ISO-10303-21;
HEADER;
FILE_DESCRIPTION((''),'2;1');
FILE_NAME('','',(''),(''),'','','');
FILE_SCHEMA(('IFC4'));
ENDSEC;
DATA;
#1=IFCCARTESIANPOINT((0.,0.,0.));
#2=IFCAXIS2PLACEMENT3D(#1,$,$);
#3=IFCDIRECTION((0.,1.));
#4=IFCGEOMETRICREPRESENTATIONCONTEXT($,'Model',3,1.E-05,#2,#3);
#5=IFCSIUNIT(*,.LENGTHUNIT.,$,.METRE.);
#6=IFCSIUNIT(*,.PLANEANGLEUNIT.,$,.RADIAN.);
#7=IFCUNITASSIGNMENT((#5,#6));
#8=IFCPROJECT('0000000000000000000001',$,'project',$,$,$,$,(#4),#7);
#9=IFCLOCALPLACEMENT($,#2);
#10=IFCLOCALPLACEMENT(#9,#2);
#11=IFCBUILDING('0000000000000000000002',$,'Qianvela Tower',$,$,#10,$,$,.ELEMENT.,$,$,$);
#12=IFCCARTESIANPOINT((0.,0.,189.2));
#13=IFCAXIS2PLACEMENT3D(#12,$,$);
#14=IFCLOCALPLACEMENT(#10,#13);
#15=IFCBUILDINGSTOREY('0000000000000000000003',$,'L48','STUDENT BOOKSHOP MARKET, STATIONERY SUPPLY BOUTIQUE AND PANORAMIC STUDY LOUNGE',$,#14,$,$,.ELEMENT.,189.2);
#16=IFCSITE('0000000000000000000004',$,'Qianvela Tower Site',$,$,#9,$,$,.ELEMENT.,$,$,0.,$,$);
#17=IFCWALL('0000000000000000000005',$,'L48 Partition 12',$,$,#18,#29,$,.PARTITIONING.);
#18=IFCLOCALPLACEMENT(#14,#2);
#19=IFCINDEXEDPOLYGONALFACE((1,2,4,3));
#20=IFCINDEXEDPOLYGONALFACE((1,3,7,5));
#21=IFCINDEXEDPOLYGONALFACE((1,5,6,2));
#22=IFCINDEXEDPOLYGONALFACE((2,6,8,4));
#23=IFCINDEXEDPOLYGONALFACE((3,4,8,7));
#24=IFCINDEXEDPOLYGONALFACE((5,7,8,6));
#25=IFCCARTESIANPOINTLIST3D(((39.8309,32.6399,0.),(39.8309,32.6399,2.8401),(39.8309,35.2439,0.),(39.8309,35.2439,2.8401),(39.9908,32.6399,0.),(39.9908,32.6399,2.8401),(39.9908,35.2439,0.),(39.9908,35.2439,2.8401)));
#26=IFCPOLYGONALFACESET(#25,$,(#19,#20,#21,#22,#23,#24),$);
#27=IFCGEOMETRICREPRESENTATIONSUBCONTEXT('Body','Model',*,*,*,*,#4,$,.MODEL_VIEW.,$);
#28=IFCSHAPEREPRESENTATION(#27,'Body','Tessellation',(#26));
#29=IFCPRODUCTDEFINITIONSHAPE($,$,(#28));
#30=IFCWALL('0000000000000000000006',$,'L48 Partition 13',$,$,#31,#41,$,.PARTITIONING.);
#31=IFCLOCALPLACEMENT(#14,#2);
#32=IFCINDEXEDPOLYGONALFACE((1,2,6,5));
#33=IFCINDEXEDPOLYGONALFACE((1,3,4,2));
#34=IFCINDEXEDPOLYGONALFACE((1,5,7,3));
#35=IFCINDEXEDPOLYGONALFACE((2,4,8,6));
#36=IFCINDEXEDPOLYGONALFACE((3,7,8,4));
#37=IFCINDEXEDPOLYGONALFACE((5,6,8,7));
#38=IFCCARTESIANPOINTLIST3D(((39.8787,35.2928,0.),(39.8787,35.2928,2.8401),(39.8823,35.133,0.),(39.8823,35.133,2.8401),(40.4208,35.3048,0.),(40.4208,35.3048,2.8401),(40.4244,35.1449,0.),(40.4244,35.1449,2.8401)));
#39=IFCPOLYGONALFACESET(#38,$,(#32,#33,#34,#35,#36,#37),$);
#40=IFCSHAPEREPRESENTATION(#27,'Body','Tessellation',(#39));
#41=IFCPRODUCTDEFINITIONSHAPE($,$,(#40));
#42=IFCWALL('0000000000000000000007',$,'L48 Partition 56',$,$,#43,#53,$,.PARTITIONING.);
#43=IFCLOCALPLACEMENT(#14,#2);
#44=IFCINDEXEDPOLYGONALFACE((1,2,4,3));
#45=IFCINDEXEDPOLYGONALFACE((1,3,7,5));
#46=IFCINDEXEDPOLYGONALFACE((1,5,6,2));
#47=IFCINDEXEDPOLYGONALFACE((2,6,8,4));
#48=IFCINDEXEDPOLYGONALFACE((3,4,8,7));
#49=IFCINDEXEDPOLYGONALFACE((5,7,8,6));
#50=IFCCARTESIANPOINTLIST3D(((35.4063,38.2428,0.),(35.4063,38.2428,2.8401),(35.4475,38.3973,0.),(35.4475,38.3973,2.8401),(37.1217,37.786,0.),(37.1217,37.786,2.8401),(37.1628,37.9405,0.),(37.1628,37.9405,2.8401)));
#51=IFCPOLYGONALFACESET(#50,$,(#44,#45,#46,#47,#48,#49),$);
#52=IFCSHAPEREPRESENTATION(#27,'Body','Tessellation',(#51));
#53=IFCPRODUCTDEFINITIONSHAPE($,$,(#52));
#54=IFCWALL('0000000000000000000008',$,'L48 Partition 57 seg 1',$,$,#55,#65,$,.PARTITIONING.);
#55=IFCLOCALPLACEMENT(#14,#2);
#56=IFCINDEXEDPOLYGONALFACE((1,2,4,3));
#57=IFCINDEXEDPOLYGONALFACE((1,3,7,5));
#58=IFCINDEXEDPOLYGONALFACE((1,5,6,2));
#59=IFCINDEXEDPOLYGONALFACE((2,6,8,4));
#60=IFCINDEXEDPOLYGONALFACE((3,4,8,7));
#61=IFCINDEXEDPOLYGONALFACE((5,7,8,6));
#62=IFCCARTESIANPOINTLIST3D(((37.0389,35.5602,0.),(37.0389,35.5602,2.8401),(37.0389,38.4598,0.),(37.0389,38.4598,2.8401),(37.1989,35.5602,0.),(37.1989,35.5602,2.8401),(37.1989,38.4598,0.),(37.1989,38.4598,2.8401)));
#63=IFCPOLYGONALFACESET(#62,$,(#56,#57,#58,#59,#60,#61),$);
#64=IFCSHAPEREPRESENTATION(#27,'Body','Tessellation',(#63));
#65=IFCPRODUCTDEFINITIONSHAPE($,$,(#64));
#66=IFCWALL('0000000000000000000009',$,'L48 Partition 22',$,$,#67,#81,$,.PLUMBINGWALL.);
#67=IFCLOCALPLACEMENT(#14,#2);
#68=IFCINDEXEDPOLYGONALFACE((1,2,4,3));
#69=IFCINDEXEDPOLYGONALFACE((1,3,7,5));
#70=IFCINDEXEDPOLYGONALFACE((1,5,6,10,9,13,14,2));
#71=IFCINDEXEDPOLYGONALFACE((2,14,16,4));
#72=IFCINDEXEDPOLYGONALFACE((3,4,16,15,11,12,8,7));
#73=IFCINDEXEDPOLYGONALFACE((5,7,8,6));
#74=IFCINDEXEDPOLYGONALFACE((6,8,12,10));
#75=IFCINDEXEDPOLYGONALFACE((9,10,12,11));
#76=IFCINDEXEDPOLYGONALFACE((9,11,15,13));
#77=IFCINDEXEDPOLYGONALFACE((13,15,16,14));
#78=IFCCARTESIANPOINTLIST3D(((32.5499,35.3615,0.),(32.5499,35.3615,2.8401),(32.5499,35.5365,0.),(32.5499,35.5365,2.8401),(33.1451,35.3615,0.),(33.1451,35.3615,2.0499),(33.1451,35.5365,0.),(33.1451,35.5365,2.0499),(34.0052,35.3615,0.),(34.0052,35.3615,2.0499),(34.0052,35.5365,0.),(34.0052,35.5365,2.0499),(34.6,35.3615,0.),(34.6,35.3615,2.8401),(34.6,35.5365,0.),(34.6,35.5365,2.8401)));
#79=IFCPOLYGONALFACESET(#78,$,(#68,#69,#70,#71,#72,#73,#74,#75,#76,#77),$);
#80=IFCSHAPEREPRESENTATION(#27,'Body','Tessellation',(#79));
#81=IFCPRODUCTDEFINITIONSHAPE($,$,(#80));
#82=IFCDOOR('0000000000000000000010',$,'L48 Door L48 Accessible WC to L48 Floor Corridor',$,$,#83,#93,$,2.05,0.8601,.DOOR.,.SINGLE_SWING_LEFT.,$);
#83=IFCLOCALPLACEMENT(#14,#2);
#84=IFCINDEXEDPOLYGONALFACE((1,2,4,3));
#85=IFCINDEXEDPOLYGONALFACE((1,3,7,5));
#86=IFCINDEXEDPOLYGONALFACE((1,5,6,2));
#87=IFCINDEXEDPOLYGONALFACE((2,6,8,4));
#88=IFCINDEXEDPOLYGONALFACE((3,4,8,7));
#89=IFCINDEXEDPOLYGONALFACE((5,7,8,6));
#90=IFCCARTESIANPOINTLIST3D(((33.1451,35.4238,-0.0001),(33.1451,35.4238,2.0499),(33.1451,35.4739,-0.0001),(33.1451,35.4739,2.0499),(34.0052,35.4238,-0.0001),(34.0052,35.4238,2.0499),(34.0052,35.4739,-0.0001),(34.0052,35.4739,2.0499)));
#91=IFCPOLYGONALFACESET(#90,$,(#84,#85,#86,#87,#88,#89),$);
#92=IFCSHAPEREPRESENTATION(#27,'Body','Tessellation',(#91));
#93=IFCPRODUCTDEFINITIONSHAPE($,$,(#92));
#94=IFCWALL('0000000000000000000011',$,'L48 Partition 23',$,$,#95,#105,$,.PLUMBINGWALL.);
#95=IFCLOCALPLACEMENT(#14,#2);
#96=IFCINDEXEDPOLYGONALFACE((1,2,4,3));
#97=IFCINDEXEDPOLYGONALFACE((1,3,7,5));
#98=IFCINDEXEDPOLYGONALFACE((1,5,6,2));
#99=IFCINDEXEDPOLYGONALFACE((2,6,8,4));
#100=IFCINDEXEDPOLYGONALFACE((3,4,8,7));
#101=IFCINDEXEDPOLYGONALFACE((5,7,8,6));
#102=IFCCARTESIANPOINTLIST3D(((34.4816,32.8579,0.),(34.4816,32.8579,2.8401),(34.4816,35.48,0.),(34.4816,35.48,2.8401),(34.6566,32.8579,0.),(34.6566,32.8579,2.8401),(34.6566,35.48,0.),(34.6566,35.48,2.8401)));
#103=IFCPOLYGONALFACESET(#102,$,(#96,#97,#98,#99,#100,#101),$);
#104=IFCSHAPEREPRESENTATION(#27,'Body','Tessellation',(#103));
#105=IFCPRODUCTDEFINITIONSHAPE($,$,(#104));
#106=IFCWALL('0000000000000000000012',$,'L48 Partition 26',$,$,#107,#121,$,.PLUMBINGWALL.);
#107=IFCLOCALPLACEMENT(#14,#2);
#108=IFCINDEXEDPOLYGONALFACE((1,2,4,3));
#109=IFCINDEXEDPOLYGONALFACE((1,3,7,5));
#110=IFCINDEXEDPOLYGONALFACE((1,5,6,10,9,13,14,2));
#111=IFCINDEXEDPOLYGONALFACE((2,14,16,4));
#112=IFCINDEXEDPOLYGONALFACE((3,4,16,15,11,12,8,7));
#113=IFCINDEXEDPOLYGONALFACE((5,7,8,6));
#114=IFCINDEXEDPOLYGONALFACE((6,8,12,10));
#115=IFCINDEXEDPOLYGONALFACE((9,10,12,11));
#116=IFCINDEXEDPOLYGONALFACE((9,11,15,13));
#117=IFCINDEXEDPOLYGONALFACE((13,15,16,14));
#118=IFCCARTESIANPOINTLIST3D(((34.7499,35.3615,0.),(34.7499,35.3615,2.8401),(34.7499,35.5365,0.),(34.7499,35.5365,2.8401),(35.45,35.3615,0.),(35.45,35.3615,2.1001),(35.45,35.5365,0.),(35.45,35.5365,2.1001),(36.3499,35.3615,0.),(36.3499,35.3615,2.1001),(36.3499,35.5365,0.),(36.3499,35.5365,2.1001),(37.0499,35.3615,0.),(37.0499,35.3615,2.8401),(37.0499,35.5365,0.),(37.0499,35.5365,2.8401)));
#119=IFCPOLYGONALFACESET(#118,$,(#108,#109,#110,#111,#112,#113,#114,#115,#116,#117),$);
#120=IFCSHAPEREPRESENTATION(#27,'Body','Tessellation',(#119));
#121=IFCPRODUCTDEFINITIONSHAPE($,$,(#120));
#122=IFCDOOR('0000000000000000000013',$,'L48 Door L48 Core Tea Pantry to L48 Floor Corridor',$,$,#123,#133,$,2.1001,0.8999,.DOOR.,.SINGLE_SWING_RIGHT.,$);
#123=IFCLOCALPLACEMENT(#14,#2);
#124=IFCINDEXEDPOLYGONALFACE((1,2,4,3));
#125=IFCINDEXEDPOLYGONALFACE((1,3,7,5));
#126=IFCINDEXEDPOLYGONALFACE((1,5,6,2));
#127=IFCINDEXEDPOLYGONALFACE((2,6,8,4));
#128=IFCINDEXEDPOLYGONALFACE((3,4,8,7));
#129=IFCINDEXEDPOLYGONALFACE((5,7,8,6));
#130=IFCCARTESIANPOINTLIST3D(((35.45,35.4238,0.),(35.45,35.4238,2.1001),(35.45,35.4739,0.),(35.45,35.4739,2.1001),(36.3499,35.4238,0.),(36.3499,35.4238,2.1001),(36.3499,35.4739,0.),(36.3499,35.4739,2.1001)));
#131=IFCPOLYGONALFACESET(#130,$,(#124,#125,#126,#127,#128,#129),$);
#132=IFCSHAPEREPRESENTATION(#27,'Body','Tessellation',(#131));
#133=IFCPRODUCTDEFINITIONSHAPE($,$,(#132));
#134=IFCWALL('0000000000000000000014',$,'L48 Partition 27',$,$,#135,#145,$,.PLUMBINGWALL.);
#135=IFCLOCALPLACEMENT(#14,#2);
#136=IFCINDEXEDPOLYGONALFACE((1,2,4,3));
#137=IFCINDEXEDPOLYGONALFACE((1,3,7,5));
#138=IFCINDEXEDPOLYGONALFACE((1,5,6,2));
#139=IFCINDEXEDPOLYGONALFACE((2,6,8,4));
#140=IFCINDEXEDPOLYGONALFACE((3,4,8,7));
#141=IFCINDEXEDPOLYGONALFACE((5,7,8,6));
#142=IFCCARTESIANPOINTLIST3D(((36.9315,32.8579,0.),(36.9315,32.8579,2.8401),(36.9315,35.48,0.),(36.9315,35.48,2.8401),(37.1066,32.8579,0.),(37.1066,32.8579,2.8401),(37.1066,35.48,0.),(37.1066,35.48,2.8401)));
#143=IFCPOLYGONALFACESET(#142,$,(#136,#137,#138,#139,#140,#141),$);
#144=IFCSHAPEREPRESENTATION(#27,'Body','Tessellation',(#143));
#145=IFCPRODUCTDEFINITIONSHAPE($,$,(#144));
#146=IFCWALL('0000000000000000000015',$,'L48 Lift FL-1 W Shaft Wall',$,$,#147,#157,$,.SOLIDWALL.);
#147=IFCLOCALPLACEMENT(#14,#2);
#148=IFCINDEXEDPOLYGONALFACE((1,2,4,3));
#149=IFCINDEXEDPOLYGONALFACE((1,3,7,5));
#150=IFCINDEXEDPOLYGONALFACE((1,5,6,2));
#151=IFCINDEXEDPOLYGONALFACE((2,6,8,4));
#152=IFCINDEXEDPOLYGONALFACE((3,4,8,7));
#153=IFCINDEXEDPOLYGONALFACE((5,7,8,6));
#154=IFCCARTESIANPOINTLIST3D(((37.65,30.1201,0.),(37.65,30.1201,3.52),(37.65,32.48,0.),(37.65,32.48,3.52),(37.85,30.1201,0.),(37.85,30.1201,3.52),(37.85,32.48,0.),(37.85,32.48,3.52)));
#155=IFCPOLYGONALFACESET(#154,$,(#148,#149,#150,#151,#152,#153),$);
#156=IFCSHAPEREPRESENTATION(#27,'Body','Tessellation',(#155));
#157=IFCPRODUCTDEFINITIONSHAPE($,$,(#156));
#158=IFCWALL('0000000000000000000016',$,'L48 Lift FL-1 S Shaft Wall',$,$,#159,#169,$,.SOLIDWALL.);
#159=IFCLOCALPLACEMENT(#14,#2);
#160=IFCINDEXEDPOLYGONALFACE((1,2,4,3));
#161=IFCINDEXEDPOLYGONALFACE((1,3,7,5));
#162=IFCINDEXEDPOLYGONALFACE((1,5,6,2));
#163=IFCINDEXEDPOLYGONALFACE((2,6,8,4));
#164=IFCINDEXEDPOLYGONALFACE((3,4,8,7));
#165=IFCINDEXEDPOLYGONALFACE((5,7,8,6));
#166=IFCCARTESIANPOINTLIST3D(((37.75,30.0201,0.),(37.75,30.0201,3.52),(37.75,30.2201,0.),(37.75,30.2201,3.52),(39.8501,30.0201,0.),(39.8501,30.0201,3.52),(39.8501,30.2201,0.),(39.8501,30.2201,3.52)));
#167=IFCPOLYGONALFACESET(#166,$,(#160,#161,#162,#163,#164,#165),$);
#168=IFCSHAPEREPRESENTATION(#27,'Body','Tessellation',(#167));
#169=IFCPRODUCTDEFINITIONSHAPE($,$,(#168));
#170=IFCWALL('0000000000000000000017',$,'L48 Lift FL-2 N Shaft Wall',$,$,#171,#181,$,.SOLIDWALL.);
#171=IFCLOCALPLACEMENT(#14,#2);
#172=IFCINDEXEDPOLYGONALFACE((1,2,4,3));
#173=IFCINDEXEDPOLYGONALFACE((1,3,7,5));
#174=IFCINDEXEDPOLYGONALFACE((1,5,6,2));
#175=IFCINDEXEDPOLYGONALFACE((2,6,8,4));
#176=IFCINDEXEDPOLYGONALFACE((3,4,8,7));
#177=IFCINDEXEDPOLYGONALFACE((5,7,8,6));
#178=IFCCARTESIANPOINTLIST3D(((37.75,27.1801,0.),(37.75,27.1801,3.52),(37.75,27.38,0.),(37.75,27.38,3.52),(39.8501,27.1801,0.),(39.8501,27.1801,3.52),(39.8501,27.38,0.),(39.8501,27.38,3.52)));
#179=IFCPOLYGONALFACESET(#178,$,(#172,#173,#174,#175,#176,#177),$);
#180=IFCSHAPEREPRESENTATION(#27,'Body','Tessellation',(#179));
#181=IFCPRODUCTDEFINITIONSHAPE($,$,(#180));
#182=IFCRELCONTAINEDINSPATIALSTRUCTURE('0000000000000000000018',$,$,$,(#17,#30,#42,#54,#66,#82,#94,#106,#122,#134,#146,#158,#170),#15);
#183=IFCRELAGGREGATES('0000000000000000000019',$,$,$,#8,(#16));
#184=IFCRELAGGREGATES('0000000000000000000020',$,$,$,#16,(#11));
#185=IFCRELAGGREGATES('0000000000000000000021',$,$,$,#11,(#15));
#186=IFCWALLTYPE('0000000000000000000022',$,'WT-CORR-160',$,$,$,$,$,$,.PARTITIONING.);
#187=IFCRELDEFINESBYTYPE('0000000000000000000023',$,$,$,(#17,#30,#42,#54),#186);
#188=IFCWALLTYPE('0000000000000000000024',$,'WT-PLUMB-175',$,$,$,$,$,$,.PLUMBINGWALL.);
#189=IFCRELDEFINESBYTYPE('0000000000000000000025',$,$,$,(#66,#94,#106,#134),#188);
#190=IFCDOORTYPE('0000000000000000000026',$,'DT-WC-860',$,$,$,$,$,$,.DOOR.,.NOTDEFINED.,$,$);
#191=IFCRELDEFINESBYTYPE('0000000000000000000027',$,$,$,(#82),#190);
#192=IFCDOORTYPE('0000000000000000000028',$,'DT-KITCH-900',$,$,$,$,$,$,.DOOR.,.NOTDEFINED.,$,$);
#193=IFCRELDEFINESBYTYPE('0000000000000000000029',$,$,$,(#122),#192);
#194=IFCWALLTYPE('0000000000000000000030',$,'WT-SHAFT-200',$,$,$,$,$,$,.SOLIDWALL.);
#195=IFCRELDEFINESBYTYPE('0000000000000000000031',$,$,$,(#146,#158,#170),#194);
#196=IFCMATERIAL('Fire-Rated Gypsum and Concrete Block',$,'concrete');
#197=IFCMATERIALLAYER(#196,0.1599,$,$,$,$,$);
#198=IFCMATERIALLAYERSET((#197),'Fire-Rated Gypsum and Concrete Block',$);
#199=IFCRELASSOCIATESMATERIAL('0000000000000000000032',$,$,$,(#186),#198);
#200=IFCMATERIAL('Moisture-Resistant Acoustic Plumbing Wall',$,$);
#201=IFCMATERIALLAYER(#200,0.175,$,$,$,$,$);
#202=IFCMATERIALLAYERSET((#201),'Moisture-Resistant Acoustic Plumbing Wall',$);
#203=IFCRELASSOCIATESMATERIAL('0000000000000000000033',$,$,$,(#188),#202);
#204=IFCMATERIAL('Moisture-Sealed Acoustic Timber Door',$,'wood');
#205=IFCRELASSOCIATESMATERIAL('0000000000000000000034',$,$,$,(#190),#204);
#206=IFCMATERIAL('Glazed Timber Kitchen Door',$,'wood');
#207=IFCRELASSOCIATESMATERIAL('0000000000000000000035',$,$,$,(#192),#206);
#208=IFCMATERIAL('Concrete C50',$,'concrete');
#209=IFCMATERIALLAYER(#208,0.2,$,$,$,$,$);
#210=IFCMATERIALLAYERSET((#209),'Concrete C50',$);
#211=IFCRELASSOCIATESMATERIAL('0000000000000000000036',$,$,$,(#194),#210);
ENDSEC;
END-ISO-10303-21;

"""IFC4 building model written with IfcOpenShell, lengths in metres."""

from ifc_helpers import new_model, si_unit, direction, frame, frame_2d, origin, place, context, subcontext, project, spatial, rectangle, extrude, material, layer, layer_set, type_object, element, fill, save


model = new_model("IFC4")

# Units and contexts
model_context = context("Model", 3, precision=1e-05, world=origin(), true_north=direction((0.0, 1.0)))
body_context = subcontext(model_context, "Body", "Model", "MODEL_VIEW")
ifc_project = project(units=[si_unit("LENGTHUNIT", "METRE"), si_unit("PLANEANGLEUNIT", "RADIAN")], contexts=[model_context])

# Site, building, storey
site_placement = place(None, origin())
site = spatial("IfcSite", under=ifc_project, at=site_placement, Name="Qianvela Tower Site", CompositionType="ELEMENT", RefElevation=0.0)
building_placement = place(site_placement, origin())
building = spatial("IfcBuilding", under=site, at=building_placement, Name="Qianvela Tower", CompositionType="ELEMENT")
storey_placement = place(building_placement, frame((0.0, 0.0, 189.2)))
storey = spatial("IfcBuildingStorey", under=building, at=storey_placement, Name="L48", Description="STUDENT BOOKSHOP MARKET, STATIONERY SUPPLY BOUTIQUE AND PANORAMIC STUDY LOUNGE", CompositionType="ELEMENT", Elevation=189.2)

# Walls
ifc_material_1 = material(Name="Fire-Rated Gypsum and Concrete Block", Category="concrete")
ifc_layer_1 = layer(ifc_material_1, 0.1599)
ifc_layer_set_1 = layer_set([ifc_layer_1], Name="Fire-Rated Gypsum and Concrete Block")
wall_type_1 = type_object("IfcWallType", Name="WT-CORR-160", PredefinedType="PARTITIONING", material=ifc_layer_set_1)
wall_1_placement = place(storey_placement, frame((39.9109, 32.6399, 0.0), z_axis=(0.0, 0.0, 1.0), x_axis=(0.0, 1.0, 0.0)))
element("IfcWall", 1, at=wall_1_placement, inside=storey, type_object=wall_type_1, Name="L48 Partition 12", PredefinedType="PARTITIONING", context=body_context, shape_type="SweptSolid", body=[
    extrude(rectangle(XDim=2.604, YDim=0.1599, at=frame_2d((1.302, 0.0))), origin(), (0.0, 0.0, 1.0), 2.8401),
])
wall_2_placement = place(storey_placement, frame((39.8806, 35.2129, 0.0), z_axis=(0.0, 0.0, 1.0), x_axis=(0.999757, 0.022067, 0.0)))
element("IfcWall", 2, at=wall_2_placement, inside=storey, type_object=wall_type_1, Name="L48 Partition 13", PredefinedType="PARTITIONING", context=body_context, shape_type="SweptSolid", body=[
    extrude(rectangle(XDim=0.5422, YDim=0.1599, at=frame_2d((0.271, 0.0))), origin(), (0.0, 0.0, 1.0), 2.8401),
])
wall_3_placement = place(storey_placement, frame((35.4268, 38.3201, 0.0), z_axis=(0.0, 0.0, 1.0), x_axis=(0.966324, -0.257329, 0.0)))
element("IfcWall", 3, at=wall_3_placement, inside=storey, type_object=wall_type_1, Name="L48 Partition 56", PredefinedType="PARTITIONING", context=body_context, shape_type="SweptSolid", body=[
    extrude(rectangle(XDim=1.7751, YDim=0.1599, at=frame_2d((0.8877, 0.0))), origin(), (0.0, 0.0, 1.0), 2.8401),
])
wall_4_placement = place(storey_placement, frame((37.1189, 38.4597, 0.0), z_axis=(0.0, 0.0, 1.0), x_axis=(0.0, -1.0, 0.0)))
element("IfcWall", 4, at=wall_4_placement, inside=storey, type_object=wall_type_1, Name="L48 Partition 57 seg 1", PredefinedType="PARTITIONING", context=body_context, shape_type="SweptSolid", body=[
    extrude(rectangle(XDim=2.8997, YDim=0.1599, at=frame_2d((1.4497, 0.0))), origin(), (0.0, 0.0, 1.0), 2.8401),
])

# Wall, opening, door
ifc_material_2 = material(Name="Moisture-Resistant Acoustic Plumbing Wall")
ifc_layer_2 = layer(ifc_material_2, 0.175)
ifc_layer_set_2 = layer_set([ifc_layer_2], Name="Moisture-Resistant Acoustic Plumbing Wall")
wall_type_2 = type_object("IfcWallType", Name="WT-PLUMB-175", PredefinedType="PLUMBINGWALL", material=ifc_layer_set_2)
wall_5_placement = place(storey_placement, frame((32.55, 35.449, 0.0), z_axis=(0.0, 0.0, 1.0), x_axis=(1.0, 0.0, 0.0)))
wall_5 = element("IfcWall", 5, at=wall_5_placement, inside=storey, type_object=wall_type_2, Name="L48 Partition 22", PredefinedType="PLUMBINGWALL", context=body_context, shape_type="SweptSolid", body=[
    extrude(rectangle(XDim=2.05, YDim=0.175, at=frame_2d((1.0249, 0.0))), origin(), (0.0, 0.0, 1.0), 2.8401),
])
opening_1_placement = place(wall_5_placement, frame((0.595, 0.0, 0.0)))
opening_1 = element("IfcOpeningElement", 6, at=opening_1_placement, cuts=wall_5, PredefinedType="OPENING", context=body_context, shape_type="SweptSolid", body=[
    extrude(rectangle(XDim=0.8601, YDim=2.05, at=frame_2d((0.4302, 1.0249))), frame((0.0, 0.0974, 0.0), z_axis=(0.0, -1.0, 0.0), x_axis=(1.0, 0.0, 0.0)), (0.0, 0.0, 1.0), 0.1951),
])
ifc_material_3 = material(Name="Moisture-Sealed Acoustic Timber Door", Category="wood")
door_type_1 = type_object("IfcDoorType", Name="DT-WC-860", OperationType="NOTDEFINED", PredefinedType="DOOR", material=ifc_material_3)
door_1_placement = place(opening_1_placement, origin())
door_1 = element("IfcDoor", 7, at=door_1_placement, inside=storey, type_object=door_type_1, Name="L48 Door L48 Accessible WC to L48 Floor Corridor", OperationType="SINGLE_SWING_LEFT", OverallHeight=2.05, OverallWidth=0.8601, PredefinedType="DOOR", context=body_context, shape_type="SweptSolid", body=[
    extrude(rectangle(XDim=0.8601, YDim=2.05, at=frame_2d((0.4302, 1.0249))), frame((0.0, 0.0249, 0.0), z_axis=(0.0, -1.0, 0.0), x_axis=(1.0, 0.0, 0.0)), (0.0, 0.0, 1.0), 0.05),
])
fill(opening_1, door_1)

# Wall
wall_6_placement = place(storey_placement, frame((34.5691, 35.48, 0.0), z_axis=(0.0, 0.0, 1.0), x_axis=(0.0, -1.0, 0.0)))
element("IfcWall", 8, at=wall_6_placement, inside=storey, type_object=wall_type_2, Name="L48 Partition 23", PredefinedType="PLUMBINGWALL", context=body_context, shape_type="SweptSolid", body=[
    extrude(rectangle(XDim=2.6221, YDim=0.175, at=frame_2d((1.311, 0.0))), origin(), (0.0, 0.0, 1.0), 2.8401),
])

# Wall, opening, door
wall_7_placement = place(storey_placement, frame((34.75, 35.449, 0.0), z_axis=(0.0, 0.0, 1.0), x_axis=(1.0, 0.0, 0.0)))
wall_7 = element("IfcWall", 9, at=wall_7_placement, inside=storey, type_object=wall_type_2, Name="L48 Partition 26", PredefinedType="PLUMBINGWALL", context=body_context, shape_type="SweptSolid", body=[
    extrude(rectangle(XDim=2.3, YDim=0.175, at=frame_2d((1.1499, 0.0))), origin(), (0.0, 0.0, 1.0), 2.8401),
])
opening_2_placement = place(wall_7_placement, frame((0.7, 0.0, 0.0)))
opening_2 = element("IfcOpeningElement", 10, at=opening_2_placement, cuts=wall_7, PredefinedType="OPENING", context=body_context, shape_type="SweptSolid", body=[
    extrude(rectangle(XDim=0.8999, YDim=2.1001, at=frame_2d((0.45, 1.05))), frame((0.0, 0.0974, 0.0), z_axis=(0.0, -1.0, 0.0), x_axis=(1.0, 0.0, 0.0)), (0.0, 0.0, 1.0), 0.1951),
])
ifc_material_4 = material(Name="Glazed Timber Kitchen Door", Category="wood")
door_type_2 = type_object("IfcDoorType", Name="DT-KITCH-900", OperationType="NOTDEFINED", PredefinedType="DOOR", material=ifc_material_4)
door_2_placement = place(opening_2_placement, origin())
door_2 = element("IfcDoor", 11, at=door_2_placement, inside=storey, type_object=door_type_2, Name="L48 Door L48 Core Tea Pantry to L48 Floor Corridor", OperationType="SINGLE_SWING_RIGHT", OverallHeight=2.1001, OverallWidth=0.8999, PredefinedType="DOOR", context=body_context, shape_type="SweptSolid", body=[
    extrude(rectangle(XDim=0.8999, YDim=2.1001, at=frame_2d((0.45, 1.05))), frame((0.0, 0.0249, 0.0), z_axis=(0.0, -1.0, 0.0), x_axis=(1.0, 0.0, 0.0)), (0.0, 0.0, 1.0), 0.05),
])
fill(opening_2, door_2)

# Wall
wall_8_placement = place(storey_placement, frame((37.019, 35.48, 0.0), z_axis=(0.0, 0.0, 1.0), x_axis=(0.0, -1.0, 0.0)))
element("IfcWall", 12, at=wall_8_placement, inside=storey, type_object=wall_type_2, Name="L48 Partition 27", PredefinedType="PLUMBINGWALL", context=body_context, shape_type="SweptSolid", body=[
    extrude(rectangle(XDim=2.6221, YDim=0.175, at=frame_2d((1.311, 0.0))), origin(), (0.0, 0.0, 1.0), 2.8401),
])

# Shared definitions
ifc_material_5 = material(Name="Concrete C50", Category="concrete")
ifc_layer_3 = layer(ifc_material_5, 0.2)
ifc_layer_set_3 = layer_set([ifc_layer_3], Name="Concrete C50")
wall_type_3 = type_object("IfcWallType", Name="WT-SHAFT-200", PredefinedType="SOLIDWALL", material=ifc_layer_set_3)

# Walls
wall_9_placement = place(storey_placement, frame((37.75, 30.1201, 0.0), z_axis=(0.0, 0.0, 1.0), x_axis=(0.0, 1.0, 0.0)))
element("IfcWall", 13, at=wall_9_placement, inside=storey, type_object=wall_type_3, Name="L48 Lift FL-1 W Shaft Wall", PredefinedType="SOLIDWALL", context=body_context, shape_type="SweptSolid", body=[
    extrude(rectangle(XDim=2.3599, YDim=0.2, at=frame_2d((1.1799, 0.0))), origin(), (0.0, 0.0, 1.0), 3.52),
])
for number, where, z_axis, x_axis, name in (
    (14, (37.75, 30.1201, 0.0), (0.0, 0.0, 1.0), (1.0, 0.0, 0.0), "L48 Lift FL-1 S Shaft Wall"),
    (15, (37.75, 27.28, 0.0), (0.0, 0.0, 1.0), (1.0, 0.0, 0.0), "L48 Lift FL-2 N Shaft Wall"),
):
    element("IfcWall", number, at=place(storey_placement, frame(where, z_axis=z_axis, x_axis=x_axis)), inside=storey, type_object=wall_type_3, Name=name, PredefinedType="SOLIDWALL", context=body_context, shape_type="SweptSolid", body=[
        extrude(rectangle(XDim=2.1001, YDim=0.2, at=frame_2d((1.05, 0.0))), origin(), (0.0, 0.0, 1.0), 3.52),
    ])

save(model, "model.ifc")
